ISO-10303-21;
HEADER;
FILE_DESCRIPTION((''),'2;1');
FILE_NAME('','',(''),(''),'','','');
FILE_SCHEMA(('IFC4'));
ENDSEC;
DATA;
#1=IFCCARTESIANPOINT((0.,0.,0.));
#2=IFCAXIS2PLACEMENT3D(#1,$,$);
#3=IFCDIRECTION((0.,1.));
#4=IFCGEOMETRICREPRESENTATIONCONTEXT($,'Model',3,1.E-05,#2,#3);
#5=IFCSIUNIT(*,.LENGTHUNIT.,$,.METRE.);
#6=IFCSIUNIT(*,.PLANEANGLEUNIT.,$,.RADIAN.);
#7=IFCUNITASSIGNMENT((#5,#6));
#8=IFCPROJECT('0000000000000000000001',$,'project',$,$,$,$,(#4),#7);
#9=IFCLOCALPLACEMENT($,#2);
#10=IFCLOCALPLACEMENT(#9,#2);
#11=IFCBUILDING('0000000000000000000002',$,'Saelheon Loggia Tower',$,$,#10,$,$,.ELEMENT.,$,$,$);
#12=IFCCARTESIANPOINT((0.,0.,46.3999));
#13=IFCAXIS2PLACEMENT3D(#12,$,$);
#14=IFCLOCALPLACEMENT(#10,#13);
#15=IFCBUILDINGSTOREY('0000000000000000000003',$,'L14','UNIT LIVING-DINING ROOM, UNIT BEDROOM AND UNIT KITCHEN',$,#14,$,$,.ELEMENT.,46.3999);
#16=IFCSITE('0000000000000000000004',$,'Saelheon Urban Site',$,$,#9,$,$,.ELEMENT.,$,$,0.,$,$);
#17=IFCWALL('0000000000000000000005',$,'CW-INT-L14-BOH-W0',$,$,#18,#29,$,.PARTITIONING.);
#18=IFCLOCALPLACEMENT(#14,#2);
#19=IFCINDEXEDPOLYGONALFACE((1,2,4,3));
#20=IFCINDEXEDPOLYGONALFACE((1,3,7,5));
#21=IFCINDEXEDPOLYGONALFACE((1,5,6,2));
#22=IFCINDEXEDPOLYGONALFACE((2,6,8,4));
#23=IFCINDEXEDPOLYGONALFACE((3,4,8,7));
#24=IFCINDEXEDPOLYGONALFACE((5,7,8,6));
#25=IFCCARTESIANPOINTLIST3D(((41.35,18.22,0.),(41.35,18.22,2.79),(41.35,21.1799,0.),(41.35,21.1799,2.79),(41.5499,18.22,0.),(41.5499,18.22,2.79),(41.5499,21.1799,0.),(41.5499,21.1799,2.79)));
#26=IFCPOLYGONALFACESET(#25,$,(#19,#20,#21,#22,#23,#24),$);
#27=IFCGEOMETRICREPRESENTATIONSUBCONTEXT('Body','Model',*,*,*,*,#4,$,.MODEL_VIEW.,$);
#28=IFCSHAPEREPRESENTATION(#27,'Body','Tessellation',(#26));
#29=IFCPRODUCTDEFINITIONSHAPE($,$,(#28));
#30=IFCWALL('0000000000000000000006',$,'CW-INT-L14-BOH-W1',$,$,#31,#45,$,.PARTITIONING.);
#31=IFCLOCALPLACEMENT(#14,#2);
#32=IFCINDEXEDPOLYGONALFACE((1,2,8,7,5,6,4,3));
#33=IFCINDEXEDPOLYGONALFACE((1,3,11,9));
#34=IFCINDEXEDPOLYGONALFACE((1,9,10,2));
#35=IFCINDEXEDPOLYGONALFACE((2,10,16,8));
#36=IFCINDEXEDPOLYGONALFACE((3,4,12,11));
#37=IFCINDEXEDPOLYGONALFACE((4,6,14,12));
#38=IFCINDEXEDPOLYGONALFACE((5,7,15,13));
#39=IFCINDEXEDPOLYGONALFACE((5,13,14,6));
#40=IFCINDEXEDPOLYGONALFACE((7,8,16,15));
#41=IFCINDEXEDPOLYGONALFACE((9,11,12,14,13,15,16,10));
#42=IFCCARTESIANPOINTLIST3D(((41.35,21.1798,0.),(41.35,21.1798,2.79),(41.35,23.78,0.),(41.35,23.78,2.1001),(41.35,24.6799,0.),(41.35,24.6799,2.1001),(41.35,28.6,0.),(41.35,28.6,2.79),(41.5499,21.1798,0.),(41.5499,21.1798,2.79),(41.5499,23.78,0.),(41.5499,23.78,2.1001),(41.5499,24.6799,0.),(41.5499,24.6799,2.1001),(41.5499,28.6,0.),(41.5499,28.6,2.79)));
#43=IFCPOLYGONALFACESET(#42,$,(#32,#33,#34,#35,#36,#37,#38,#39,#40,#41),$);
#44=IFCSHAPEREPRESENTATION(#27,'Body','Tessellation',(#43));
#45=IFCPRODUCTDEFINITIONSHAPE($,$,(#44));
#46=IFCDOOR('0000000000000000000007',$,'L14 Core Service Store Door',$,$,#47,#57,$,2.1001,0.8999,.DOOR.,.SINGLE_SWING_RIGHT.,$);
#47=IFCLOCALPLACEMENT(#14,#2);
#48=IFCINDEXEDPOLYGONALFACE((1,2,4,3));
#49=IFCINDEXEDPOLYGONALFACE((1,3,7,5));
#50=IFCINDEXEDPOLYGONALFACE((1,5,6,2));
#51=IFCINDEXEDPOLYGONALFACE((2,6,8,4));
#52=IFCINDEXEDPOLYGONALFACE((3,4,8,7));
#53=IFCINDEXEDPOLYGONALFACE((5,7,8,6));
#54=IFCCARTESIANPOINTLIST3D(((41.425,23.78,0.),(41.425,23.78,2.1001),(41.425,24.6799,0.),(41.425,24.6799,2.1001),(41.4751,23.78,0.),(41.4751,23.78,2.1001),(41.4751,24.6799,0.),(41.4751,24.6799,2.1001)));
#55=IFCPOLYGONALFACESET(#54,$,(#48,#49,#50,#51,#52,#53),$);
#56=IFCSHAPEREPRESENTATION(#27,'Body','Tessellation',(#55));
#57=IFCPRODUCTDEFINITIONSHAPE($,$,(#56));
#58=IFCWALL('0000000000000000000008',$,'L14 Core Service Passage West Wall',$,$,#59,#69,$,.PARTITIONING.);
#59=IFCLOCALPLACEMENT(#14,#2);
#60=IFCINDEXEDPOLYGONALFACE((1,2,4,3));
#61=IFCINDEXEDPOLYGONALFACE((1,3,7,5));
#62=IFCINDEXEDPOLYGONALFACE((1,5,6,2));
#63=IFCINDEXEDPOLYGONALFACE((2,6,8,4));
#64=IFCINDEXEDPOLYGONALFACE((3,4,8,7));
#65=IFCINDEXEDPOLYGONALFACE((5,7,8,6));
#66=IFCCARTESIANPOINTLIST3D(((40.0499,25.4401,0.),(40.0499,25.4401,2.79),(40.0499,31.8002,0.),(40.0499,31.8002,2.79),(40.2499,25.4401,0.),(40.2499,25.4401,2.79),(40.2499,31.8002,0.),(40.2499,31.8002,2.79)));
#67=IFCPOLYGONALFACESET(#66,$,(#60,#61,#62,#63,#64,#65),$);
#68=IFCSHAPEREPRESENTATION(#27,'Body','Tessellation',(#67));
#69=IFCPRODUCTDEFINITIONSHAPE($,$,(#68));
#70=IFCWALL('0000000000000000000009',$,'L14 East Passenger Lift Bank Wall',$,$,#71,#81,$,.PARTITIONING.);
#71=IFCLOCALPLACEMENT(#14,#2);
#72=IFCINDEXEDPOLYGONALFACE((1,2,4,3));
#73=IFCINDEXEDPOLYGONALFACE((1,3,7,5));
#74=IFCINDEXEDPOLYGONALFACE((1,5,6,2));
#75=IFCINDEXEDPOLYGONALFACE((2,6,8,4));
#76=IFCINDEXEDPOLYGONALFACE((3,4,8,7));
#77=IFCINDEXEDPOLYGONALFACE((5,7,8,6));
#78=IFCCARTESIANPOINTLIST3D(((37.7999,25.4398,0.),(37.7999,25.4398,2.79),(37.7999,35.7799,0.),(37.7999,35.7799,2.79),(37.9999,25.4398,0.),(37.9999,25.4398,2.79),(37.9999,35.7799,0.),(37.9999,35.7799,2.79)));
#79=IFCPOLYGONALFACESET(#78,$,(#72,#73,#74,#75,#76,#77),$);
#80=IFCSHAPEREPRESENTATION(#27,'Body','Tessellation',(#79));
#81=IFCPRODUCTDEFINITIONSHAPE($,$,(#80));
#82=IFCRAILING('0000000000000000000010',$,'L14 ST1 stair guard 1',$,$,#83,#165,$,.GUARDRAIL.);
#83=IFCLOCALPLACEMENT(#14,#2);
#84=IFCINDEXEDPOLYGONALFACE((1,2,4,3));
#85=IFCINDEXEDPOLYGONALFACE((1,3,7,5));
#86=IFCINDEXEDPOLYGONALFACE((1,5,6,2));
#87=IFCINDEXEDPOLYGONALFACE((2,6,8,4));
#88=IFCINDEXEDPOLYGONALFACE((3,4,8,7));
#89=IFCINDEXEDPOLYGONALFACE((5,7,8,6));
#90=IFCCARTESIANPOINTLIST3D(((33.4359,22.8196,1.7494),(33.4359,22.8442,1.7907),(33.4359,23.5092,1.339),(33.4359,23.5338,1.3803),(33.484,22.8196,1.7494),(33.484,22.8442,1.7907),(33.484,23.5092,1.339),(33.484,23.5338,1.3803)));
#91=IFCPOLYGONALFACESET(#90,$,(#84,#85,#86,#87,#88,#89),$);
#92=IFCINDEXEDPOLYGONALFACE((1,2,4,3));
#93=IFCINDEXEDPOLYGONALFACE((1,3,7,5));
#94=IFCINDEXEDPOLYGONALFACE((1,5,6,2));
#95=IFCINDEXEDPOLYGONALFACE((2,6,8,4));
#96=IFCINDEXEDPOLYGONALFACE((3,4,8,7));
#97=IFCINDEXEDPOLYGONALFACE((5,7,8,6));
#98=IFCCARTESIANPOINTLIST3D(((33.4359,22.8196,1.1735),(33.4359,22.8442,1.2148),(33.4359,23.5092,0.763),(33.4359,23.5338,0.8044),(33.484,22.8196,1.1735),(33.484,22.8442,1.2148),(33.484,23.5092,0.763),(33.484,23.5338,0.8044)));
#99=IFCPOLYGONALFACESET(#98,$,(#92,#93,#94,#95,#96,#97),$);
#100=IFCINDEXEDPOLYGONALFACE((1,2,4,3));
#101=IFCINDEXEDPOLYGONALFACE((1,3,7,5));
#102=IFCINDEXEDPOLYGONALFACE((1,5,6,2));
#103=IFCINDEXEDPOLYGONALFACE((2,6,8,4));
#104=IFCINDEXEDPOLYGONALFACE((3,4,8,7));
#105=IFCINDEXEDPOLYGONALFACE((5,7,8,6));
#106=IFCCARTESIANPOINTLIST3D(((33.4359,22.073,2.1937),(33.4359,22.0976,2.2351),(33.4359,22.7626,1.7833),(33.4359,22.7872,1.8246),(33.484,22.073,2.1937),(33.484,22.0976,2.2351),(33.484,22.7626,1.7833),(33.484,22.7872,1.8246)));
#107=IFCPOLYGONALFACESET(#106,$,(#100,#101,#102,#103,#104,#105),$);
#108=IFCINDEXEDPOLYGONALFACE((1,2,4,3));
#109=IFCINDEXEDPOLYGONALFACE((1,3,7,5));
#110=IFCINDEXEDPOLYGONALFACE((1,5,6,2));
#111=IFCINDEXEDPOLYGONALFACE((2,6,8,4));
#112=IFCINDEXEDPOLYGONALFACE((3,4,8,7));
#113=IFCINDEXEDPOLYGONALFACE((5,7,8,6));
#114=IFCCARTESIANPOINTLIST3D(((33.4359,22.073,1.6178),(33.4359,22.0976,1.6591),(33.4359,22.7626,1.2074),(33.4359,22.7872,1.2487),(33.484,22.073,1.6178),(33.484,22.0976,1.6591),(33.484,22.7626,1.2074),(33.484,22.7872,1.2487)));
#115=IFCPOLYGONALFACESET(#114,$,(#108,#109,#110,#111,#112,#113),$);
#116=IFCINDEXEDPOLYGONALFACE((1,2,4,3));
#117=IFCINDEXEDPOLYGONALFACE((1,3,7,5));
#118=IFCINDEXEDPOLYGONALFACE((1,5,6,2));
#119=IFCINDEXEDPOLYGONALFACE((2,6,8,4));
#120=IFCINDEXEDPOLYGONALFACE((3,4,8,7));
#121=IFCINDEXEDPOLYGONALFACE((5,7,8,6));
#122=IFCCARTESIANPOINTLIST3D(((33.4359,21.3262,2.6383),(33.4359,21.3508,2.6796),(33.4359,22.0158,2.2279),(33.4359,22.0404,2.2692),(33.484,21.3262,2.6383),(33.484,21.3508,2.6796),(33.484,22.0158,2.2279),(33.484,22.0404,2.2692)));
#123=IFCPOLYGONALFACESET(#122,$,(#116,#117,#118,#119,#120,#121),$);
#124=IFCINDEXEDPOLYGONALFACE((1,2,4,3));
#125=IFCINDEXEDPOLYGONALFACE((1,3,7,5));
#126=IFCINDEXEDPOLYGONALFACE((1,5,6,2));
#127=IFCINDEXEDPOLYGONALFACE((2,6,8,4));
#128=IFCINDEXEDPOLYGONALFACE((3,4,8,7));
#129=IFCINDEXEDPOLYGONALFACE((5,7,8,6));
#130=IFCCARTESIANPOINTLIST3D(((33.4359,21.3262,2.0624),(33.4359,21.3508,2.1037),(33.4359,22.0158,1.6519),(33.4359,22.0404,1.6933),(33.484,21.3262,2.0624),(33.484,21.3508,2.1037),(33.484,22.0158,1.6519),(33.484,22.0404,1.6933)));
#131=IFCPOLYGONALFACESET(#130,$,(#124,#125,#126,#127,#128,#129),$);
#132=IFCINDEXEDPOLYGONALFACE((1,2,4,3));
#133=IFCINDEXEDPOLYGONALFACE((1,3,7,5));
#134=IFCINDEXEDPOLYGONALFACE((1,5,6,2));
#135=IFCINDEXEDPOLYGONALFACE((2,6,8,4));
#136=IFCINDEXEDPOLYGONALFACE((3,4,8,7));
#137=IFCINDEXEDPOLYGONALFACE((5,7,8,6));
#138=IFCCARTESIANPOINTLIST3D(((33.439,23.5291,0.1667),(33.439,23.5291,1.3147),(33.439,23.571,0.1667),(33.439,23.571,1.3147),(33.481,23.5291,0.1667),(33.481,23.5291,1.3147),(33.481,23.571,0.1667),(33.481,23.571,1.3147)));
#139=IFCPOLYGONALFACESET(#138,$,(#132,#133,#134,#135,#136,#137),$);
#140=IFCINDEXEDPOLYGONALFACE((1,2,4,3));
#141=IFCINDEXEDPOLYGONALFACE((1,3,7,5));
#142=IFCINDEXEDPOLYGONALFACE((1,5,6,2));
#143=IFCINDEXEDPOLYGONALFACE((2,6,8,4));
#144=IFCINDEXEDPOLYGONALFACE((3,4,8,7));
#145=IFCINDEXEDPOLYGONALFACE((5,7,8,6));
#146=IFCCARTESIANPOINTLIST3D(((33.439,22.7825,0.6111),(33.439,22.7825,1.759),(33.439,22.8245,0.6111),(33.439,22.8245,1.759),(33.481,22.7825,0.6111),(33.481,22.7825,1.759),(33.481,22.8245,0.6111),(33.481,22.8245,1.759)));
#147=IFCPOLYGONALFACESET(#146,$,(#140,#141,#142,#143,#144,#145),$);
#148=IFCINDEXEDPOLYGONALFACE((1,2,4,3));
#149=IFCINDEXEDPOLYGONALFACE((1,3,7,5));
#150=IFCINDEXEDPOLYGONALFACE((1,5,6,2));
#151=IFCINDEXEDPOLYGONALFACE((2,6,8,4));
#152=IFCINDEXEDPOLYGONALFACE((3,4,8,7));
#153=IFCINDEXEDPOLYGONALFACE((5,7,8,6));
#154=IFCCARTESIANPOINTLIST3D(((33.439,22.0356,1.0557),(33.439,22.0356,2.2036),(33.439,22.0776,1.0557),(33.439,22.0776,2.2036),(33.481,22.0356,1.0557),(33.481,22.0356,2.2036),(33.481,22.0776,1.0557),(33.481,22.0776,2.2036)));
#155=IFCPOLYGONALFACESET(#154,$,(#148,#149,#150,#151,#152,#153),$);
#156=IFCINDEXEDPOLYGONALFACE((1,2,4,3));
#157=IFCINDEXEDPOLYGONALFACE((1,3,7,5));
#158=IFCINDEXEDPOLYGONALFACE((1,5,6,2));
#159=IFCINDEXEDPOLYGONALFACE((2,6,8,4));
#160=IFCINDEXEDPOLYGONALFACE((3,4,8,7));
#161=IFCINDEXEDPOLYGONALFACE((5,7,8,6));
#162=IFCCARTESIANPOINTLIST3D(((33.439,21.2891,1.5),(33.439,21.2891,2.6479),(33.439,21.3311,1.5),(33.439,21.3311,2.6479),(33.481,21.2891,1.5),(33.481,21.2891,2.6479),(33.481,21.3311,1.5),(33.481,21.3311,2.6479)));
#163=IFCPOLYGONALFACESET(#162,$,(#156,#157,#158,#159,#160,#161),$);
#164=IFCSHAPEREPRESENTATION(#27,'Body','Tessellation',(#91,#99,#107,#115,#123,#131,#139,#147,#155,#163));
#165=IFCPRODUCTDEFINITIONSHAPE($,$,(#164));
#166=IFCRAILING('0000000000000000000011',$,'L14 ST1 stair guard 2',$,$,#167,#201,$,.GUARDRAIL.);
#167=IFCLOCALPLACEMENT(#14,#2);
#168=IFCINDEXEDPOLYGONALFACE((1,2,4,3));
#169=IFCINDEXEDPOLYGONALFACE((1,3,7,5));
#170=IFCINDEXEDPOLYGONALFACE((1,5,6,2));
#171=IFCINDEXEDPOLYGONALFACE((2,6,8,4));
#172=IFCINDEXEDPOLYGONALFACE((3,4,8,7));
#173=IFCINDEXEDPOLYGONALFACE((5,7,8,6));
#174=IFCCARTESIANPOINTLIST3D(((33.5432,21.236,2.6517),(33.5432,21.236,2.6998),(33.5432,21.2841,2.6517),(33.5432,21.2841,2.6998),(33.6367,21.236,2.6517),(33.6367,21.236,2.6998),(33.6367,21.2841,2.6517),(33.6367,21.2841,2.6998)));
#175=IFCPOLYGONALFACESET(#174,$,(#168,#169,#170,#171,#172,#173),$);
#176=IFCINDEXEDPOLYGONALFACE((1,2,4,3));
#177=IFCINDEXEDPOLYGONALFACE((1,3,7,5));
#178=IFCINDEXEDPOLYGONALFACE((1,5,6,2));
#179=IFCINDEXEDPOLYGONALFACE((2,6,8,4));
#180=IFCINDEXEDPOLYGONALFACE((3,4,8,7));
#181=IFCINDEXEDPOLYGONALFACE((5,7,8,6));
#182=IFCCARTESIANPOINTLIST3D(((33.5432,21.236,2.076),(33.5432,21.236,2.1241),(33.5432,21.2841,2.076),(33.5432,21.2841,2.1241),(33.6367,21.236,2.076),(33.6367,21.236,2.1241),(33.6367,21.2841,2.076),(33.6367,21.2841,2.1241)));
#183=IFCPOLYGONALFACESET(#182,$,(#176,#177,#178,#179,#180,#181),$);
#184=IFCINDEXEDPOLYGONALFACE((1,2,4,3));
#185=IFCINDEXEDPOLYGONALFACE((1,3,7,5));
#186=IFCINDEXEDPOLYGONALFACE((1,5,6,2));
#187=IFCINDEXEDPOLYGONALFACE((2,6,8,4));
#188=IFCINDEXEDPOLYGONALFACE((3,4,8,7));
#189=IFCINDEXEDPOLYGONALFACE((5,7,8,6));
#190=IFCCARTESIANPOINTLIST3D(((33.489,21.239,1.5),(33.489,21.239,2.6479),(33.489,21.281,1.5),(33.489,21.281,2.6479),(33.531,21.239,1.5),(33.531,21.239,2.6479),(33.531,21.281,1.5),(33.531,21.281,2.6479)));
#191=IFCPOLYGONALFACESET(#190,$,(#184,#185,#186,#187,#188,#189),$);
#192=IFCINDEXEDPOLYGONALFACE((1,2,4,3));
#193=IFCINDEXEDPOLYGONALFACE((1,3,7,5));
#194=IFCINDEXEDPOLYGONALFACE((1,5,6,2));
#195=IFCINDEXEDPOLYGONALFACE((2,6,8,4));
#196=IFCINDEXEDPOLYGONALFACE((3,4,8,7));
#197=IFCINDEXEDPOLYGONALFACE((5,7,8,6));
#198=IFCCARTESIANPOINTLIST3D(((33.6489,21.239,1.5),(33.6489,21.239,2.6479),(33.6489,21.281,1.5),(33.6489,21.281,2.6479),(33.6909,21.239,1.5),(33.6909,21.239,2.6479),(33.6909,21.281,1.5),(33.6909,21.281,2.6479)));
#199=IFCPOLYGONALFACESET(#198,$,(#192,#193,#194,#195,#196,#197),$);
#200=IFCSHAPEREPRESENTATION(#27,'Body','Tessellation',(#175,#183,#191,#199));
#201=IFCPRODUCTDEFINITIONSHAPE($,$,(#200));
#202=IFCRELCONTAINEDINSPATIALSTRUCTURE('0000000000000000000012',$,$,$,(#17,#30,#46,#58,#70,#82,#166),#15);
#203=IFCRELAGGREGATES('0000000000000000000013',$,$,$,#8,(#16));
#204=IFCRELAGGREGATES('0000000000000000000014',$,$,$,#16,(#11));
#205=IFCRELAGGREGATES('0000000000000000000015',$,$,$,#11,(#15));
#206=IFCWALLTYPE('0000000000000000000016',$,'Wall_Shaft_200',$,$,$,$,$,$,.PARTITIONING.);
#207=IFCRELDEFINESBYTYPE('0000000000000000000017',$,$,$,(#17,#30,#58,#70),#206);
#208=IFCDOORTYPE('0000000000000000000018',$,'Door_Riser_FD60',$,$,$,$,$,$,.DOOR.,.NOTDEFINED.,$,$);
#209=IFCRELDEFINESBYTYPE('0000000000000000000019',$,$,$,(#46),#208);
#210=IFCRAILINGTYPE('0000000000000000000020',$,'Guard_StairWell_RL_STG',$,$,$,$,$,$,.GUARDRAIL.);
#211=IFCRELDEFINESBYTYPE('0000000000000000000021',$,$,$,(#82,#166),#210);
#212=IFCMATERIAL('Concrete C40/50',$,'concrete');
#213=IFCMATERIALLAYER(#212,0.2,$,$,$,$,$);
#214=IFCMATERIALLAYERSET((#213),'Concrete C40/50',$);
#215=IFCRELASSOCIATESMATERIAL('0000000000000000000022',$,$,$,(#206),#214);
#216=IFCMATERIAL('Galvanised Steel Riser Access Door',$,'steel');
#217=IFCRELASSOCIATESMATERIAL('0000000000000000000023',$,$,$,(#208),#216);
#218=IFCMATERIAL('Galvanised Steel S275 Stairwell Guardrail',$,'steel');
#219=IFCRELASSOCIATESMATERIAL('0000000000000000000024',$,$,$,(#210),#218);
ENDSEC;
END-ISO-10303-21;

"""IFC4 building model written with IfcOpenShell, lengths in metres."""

from ifc_helpers import new_model, si_unit, direction, frame, frame_2d, origin, origin_2d, place, context, subcontext, project, spatial, rectangle, extrude, source, transform, mapped, material, layer, layer_set, type_object, element, fill, save


model = new_model("IFC4")

# Units and contexts
model_context = context("Model", 3, precision=1e-05, world=origin(), true_north=direction((0.0, 1.0)))
body_context = subcontext(model_context, "Body", "Model", "MODEL_VIEW")
ifc_project = project(units=[si_unit("LENGTHUNIT", "METRE"), si_unit("PLANEANGLEUNIT", "RADIAN")], contexts=[model_context])

# Site, building, storey
site_placement = place(None, origin())
site = spatial("IfcSite", under=ifc_project, at=site_placement, Name="Saelheon Urban Site", CompositionType="ELEMENT", RefElevation=0.0)
building_placement = place(site_placement, origin())
building = spatial("IfcBuilding", under=site, at=building_placement, Name="Saelheon Loggia Tower", CompositionType="ELEMENT")
storey_placement = place(building_placement, frame((0.0, 0.0, 46.3999)))
storey = spatial("IfcBuildingStorey", under=building, at=storey_placement, Name="L14", Description="UNIT LIVING-DINING ROOM, UNIT BEDROOM AND UNIT KITCHEN", CompositionType="ELEMENT", Elevation=46.3999)

# Wall
ifc_material_1 = material(Name="Concrete C40/50", Category="concrete")
ifc_layer_1 = layer(ifc_material_1, 0.2)
ifc_layer_set_1 = layer_set([ifc_layer_1], Name="Concrete C40/50")
wall_type_1 = type_object("IfcWallType", Name="Wall_Shaft_200", PredefinedType="PARTITIONING", material=ifc_layer_set_1)
wall_1_placement = place(storey_placement, frame((41.45, 18.22, 0.0), z_axis=(0.0, 0.0, 1.0), x_axis=(0.0, 1.0, 0.0)))
element("IfcWall", 1, at=wall_1_placement, inside=storey, type_object=wall_type_1, Name="CW-INT-L14-BOH-W0", PredefinedType="PARTITIONING", context=body_context, shape_type="SweptSolid", body=[
    extrude(rectangle(XDim=2.96, YDim=0.2, at=frame_2d((1.48, 0.0))), origin(), (0.0, 0.0, 1.0), 2.79),
])

# Wall, opening, door
wall_2_placement = place(storey_placement, frame((41.45, 21.1799, 0.0), z_axis=(0.0, 0.0, 1.0), x_axis=(0.0, 1.0, 0.0)))
wall_2 = element("IfcWall", 2, at=wall_2_placement, inside=storey, type_object=wall_type_1, Name="CW-INT-L14-BOH-W1", PredefinedType="PARTITIONING", context=body_context, shape_type="SweptSolid", body=[
    extrude(rectangle(XDim=7.4202, YDim=0.2, at=frame_2d((3.71, 0.0))), origin(), (0.0, 0.0, 1.0), 2.79),
])
opening_1_placement = place(wall_2_placement, frame((2.6001, 0.0, 0.0)))
opening_1 = element("IfcOpeningElement", 3, at=opening_1_placement, cuts=wall_2, PredefinedType="OPENING", context=body_context, shape_type="SweptSolid", body=[
    extrude(rectangle(XDim=0.8999, YDim=2.1001, at=frame_2d((0.45, 1.05))), frame((0.0, 0.1121, 0.0), z_axis=(0.0, -1.0, 0.0), x_axis=(1.0, 0.0, 0.0)), (0.0, 0.0, 1.0), 0.2239),
])
ifc_material_2 = material(Name="Galvanised Steel Riser Access Door", Category="steel")
door_type_1 = type_object("IfcDoorType", Name="Door_Riser_FD60", OperationType="NOTDEFINED", PredefinedType="DOOR", material=ifc_material_2)
shared_shape_1 = source(origin(), body_context, "Body", "SweptSolid", [
    extrude(rectangle(XDim=0.8999, YDim=2.1001, at=frame_2d((0.45, 1.05))), frame((0.0, 0.0249, 0.0), z_axis=(0.0, -1.0, 0.0), x_axis=(1.0, 0.0, 0.0)), (0.0, 0.0, 1.0), 0.05),
])
door_1_placement = place(opening_1_placement, origin())
door_1 = element("IfcDoor", 4, at=door_1_placement, inside=storey, type_object=door_type_1, Name="L14 Core Service Store Door", OperationType="SINGLE_SWING_RIGHT", OverallHeight=2.1001, OverallWidth=0.8999, PredefinedType="DOOR", context=body_context, shape_type="MappedRepresentation", body=[
    mapped(shared_shape_1, transform((0.0, 0.0, 0.0), scale=1.0)),
])
fill(opening_1, door_1)

# Wall
wall_3_placement = place(storey_placement, frame((40.1499, 25.4399, 0.0), z_axis=(0.0, 0.0, 1.0), x_axis=(0.0, 1.0, 0.0)))
element("IfcWall", 5, at=wall_3_placement, inside=storey, type_object=wall_type_1, Name="L14 Core Service Passage West Wall", PredefinedType="PARTITIONING", context=body_context, shape_type="SweptSolid", body=[
    extrude(rectangle(XDim=6.3601, YDim=0.2, at=frame_2d((3.1802, 0.0))), origin(), (0.0, 0.0, 1.0), 2.79),
])

# Wall
wall_4_placement = place(storey_placement, frame((37.8999, 25.4399, 0.0), z_axis=(0.0, 0.0, 1.0), x_axis=(0.0, 1.0, 0.0)))
element("IfcWall", 6, at=wall_4_placement, inside=storey, type_object=wall_type_1, Name="L14 East Passenger Lift Bank Wall", PredefinedType="PARTITIONING", context=body_context, shape_type="SweptSolid", body=[
    extrude(rectangle(XDim=10.3401, YDim=0.2, at=frame_2d((5.1699, 0.0))), origin(), (0.0, 0.0, 1.0), 2.79),
])

# Railings
ifc_material_3 = material(Name="Galvanised Steel S275 Stairwell Guardrail", Category="steel")
railing_type_1 = type_object("IfcRailingType", Name="Guard_StairWell_RL_STG", PredefinedType="GUARDRAIL", material=ifc_material_3)
railing_1_placement = place(storey_placement, frame((33.46, 23.55, 0.1667)))
element("IfcRailing", 7, at=railing_1_placement, inside=storey, type_object=railing_type_1, Name="L14 ST1 stair guard 1", PredefinedType="GUARDRAIL", context=body_context, shape_type="SweptSolid", body=[
    extrude(rectangle(XDim=0.0481, YDim=0.0481, at=origin_2d()), frame((0.0, -0.0286, 1.1929), z_axis=(0.0, -0.859306, 0.511462), x_axis=(1.0, 0.0, 0.0)), (0.0, 0.0, 1.0), 0.8025),
    extrude(rectangle(XDim=0.0481, YDim=0.0481, at=origin_2d()), frame((0.0, -0.0286, 0.6169), z_axis=(0.0, -0.859306, 0.511462), x_axis=(1.0, 0.0, 0.0)), (0.0, 0.0, 1.0), 0.8025),
    extrude(rectangle(XDim=0.0481, YDim=0.0481, at=origin_2d()), frame((0.0, -0.7751, 1.6372), z_axis=(0.0, -0.859306, 0.511462), x_axis=(1.0, 0.0, 0.0)), (0.0, 0.0, 1.0), 0.8025),
    extrude(rectangle(XDim=0.0481, YDim=0.0481, at=origin_2d()), frame((0.0, -0.7751, 1.0613), z_axis=(0.0, -0.859306, 0.511462), x_axis=(1.0, 0.0, 0.0)), (0.0, 0.0, 1.0), 0.8025),
    extrude(rectangle(XDim=0.0481, YDim=0.0481, at=origin_2d()), frame((0.0, -1.522, 2.0818), z_axis=(0.0, -0.859306, 0.511462), x_axis=(1.0, 0.0, 0.0)), (0.0, 0.0, 1.0), 0.8025),
    extrude(rectangle(XDim=0.0481, YDim=0.0481, at=origin_2d()), frame((0.0, -1.522, 1.5059), z_axis=(0.0, -0.859306, 0.511462), x_axis=(1.0, 0.0, 0.0)), (0.0, 0.0, 1.0), 0.8025),
    extrude(rectangle(XDim=0.042, YDim=0.042, at=origin_2d()), origin(), (0.0, 0.0, 1.0), 1.1479),
    extrude(rectangle(XDim=0.042, YDim=0.042, at=origin_2d()), frame((0.0, -0.7466, 0.4443)), (0.0, 0.0, 1.0), 1.1479),
    extrude(rectangle(XDim=0.042, YDim=0.042, at=origin_2d()), frame((0.0, -1.4934, 0.8889)), (0.0, 0.0, 1.0), 1.1479),
    extrude(rectangle(XDim=0.042, YDim=0.042, at=origin_2d()), frame((0.0, -2.24, 1.3333)), (0.0, 0.0, 1.0), 1.1479),
])
railing_2_placement = place(storey_placement, frame((33.51, 21.26, 1.5)))
element("IfcRailing", 8, at=railing_2_placement, inside=storey, type_object=railing_type_1, Name="L14 ST1 stair guard 2", PredefinedType="GUARDRAIL", context=body_context, shape_type="SweptSolid", body=[
    extrude(rectangle(XDim=0.0481, YDim=0.0481, at=origin_2d()), frame((0.0332, 0.0, 1.1758), z_axis=(1.0, 0.0, 0.0), x_axis=(0.0, 1.0, 0.0)), (0.0, 0.0, 1.0), 0.0935),
    extrude(rectangle(XDim=0.0481, YDim=0.0481, at=origin_2d()), frame((0.0332, 0.0, 0.6001), z_axis=(1.0, 0.0, 0.0), x_axis=(0.0, 1.0, 0.0)), (0.0, 0.0, 1.0), 0.0935),
    extrude(rectangle(XDim=0.042, YDim=0.042, at=origin_2d()), origin(), (0.0, 0.0, 1.0), 1.1479),
    extrude(rectangle(XDim=0.042, YDim=0.042, at=origin_2d()), frame((0.1599, 0.0, 0.0)), (0.0, 0.0, 1.0), 1.1479),
])

save(model, "model.ifc")
